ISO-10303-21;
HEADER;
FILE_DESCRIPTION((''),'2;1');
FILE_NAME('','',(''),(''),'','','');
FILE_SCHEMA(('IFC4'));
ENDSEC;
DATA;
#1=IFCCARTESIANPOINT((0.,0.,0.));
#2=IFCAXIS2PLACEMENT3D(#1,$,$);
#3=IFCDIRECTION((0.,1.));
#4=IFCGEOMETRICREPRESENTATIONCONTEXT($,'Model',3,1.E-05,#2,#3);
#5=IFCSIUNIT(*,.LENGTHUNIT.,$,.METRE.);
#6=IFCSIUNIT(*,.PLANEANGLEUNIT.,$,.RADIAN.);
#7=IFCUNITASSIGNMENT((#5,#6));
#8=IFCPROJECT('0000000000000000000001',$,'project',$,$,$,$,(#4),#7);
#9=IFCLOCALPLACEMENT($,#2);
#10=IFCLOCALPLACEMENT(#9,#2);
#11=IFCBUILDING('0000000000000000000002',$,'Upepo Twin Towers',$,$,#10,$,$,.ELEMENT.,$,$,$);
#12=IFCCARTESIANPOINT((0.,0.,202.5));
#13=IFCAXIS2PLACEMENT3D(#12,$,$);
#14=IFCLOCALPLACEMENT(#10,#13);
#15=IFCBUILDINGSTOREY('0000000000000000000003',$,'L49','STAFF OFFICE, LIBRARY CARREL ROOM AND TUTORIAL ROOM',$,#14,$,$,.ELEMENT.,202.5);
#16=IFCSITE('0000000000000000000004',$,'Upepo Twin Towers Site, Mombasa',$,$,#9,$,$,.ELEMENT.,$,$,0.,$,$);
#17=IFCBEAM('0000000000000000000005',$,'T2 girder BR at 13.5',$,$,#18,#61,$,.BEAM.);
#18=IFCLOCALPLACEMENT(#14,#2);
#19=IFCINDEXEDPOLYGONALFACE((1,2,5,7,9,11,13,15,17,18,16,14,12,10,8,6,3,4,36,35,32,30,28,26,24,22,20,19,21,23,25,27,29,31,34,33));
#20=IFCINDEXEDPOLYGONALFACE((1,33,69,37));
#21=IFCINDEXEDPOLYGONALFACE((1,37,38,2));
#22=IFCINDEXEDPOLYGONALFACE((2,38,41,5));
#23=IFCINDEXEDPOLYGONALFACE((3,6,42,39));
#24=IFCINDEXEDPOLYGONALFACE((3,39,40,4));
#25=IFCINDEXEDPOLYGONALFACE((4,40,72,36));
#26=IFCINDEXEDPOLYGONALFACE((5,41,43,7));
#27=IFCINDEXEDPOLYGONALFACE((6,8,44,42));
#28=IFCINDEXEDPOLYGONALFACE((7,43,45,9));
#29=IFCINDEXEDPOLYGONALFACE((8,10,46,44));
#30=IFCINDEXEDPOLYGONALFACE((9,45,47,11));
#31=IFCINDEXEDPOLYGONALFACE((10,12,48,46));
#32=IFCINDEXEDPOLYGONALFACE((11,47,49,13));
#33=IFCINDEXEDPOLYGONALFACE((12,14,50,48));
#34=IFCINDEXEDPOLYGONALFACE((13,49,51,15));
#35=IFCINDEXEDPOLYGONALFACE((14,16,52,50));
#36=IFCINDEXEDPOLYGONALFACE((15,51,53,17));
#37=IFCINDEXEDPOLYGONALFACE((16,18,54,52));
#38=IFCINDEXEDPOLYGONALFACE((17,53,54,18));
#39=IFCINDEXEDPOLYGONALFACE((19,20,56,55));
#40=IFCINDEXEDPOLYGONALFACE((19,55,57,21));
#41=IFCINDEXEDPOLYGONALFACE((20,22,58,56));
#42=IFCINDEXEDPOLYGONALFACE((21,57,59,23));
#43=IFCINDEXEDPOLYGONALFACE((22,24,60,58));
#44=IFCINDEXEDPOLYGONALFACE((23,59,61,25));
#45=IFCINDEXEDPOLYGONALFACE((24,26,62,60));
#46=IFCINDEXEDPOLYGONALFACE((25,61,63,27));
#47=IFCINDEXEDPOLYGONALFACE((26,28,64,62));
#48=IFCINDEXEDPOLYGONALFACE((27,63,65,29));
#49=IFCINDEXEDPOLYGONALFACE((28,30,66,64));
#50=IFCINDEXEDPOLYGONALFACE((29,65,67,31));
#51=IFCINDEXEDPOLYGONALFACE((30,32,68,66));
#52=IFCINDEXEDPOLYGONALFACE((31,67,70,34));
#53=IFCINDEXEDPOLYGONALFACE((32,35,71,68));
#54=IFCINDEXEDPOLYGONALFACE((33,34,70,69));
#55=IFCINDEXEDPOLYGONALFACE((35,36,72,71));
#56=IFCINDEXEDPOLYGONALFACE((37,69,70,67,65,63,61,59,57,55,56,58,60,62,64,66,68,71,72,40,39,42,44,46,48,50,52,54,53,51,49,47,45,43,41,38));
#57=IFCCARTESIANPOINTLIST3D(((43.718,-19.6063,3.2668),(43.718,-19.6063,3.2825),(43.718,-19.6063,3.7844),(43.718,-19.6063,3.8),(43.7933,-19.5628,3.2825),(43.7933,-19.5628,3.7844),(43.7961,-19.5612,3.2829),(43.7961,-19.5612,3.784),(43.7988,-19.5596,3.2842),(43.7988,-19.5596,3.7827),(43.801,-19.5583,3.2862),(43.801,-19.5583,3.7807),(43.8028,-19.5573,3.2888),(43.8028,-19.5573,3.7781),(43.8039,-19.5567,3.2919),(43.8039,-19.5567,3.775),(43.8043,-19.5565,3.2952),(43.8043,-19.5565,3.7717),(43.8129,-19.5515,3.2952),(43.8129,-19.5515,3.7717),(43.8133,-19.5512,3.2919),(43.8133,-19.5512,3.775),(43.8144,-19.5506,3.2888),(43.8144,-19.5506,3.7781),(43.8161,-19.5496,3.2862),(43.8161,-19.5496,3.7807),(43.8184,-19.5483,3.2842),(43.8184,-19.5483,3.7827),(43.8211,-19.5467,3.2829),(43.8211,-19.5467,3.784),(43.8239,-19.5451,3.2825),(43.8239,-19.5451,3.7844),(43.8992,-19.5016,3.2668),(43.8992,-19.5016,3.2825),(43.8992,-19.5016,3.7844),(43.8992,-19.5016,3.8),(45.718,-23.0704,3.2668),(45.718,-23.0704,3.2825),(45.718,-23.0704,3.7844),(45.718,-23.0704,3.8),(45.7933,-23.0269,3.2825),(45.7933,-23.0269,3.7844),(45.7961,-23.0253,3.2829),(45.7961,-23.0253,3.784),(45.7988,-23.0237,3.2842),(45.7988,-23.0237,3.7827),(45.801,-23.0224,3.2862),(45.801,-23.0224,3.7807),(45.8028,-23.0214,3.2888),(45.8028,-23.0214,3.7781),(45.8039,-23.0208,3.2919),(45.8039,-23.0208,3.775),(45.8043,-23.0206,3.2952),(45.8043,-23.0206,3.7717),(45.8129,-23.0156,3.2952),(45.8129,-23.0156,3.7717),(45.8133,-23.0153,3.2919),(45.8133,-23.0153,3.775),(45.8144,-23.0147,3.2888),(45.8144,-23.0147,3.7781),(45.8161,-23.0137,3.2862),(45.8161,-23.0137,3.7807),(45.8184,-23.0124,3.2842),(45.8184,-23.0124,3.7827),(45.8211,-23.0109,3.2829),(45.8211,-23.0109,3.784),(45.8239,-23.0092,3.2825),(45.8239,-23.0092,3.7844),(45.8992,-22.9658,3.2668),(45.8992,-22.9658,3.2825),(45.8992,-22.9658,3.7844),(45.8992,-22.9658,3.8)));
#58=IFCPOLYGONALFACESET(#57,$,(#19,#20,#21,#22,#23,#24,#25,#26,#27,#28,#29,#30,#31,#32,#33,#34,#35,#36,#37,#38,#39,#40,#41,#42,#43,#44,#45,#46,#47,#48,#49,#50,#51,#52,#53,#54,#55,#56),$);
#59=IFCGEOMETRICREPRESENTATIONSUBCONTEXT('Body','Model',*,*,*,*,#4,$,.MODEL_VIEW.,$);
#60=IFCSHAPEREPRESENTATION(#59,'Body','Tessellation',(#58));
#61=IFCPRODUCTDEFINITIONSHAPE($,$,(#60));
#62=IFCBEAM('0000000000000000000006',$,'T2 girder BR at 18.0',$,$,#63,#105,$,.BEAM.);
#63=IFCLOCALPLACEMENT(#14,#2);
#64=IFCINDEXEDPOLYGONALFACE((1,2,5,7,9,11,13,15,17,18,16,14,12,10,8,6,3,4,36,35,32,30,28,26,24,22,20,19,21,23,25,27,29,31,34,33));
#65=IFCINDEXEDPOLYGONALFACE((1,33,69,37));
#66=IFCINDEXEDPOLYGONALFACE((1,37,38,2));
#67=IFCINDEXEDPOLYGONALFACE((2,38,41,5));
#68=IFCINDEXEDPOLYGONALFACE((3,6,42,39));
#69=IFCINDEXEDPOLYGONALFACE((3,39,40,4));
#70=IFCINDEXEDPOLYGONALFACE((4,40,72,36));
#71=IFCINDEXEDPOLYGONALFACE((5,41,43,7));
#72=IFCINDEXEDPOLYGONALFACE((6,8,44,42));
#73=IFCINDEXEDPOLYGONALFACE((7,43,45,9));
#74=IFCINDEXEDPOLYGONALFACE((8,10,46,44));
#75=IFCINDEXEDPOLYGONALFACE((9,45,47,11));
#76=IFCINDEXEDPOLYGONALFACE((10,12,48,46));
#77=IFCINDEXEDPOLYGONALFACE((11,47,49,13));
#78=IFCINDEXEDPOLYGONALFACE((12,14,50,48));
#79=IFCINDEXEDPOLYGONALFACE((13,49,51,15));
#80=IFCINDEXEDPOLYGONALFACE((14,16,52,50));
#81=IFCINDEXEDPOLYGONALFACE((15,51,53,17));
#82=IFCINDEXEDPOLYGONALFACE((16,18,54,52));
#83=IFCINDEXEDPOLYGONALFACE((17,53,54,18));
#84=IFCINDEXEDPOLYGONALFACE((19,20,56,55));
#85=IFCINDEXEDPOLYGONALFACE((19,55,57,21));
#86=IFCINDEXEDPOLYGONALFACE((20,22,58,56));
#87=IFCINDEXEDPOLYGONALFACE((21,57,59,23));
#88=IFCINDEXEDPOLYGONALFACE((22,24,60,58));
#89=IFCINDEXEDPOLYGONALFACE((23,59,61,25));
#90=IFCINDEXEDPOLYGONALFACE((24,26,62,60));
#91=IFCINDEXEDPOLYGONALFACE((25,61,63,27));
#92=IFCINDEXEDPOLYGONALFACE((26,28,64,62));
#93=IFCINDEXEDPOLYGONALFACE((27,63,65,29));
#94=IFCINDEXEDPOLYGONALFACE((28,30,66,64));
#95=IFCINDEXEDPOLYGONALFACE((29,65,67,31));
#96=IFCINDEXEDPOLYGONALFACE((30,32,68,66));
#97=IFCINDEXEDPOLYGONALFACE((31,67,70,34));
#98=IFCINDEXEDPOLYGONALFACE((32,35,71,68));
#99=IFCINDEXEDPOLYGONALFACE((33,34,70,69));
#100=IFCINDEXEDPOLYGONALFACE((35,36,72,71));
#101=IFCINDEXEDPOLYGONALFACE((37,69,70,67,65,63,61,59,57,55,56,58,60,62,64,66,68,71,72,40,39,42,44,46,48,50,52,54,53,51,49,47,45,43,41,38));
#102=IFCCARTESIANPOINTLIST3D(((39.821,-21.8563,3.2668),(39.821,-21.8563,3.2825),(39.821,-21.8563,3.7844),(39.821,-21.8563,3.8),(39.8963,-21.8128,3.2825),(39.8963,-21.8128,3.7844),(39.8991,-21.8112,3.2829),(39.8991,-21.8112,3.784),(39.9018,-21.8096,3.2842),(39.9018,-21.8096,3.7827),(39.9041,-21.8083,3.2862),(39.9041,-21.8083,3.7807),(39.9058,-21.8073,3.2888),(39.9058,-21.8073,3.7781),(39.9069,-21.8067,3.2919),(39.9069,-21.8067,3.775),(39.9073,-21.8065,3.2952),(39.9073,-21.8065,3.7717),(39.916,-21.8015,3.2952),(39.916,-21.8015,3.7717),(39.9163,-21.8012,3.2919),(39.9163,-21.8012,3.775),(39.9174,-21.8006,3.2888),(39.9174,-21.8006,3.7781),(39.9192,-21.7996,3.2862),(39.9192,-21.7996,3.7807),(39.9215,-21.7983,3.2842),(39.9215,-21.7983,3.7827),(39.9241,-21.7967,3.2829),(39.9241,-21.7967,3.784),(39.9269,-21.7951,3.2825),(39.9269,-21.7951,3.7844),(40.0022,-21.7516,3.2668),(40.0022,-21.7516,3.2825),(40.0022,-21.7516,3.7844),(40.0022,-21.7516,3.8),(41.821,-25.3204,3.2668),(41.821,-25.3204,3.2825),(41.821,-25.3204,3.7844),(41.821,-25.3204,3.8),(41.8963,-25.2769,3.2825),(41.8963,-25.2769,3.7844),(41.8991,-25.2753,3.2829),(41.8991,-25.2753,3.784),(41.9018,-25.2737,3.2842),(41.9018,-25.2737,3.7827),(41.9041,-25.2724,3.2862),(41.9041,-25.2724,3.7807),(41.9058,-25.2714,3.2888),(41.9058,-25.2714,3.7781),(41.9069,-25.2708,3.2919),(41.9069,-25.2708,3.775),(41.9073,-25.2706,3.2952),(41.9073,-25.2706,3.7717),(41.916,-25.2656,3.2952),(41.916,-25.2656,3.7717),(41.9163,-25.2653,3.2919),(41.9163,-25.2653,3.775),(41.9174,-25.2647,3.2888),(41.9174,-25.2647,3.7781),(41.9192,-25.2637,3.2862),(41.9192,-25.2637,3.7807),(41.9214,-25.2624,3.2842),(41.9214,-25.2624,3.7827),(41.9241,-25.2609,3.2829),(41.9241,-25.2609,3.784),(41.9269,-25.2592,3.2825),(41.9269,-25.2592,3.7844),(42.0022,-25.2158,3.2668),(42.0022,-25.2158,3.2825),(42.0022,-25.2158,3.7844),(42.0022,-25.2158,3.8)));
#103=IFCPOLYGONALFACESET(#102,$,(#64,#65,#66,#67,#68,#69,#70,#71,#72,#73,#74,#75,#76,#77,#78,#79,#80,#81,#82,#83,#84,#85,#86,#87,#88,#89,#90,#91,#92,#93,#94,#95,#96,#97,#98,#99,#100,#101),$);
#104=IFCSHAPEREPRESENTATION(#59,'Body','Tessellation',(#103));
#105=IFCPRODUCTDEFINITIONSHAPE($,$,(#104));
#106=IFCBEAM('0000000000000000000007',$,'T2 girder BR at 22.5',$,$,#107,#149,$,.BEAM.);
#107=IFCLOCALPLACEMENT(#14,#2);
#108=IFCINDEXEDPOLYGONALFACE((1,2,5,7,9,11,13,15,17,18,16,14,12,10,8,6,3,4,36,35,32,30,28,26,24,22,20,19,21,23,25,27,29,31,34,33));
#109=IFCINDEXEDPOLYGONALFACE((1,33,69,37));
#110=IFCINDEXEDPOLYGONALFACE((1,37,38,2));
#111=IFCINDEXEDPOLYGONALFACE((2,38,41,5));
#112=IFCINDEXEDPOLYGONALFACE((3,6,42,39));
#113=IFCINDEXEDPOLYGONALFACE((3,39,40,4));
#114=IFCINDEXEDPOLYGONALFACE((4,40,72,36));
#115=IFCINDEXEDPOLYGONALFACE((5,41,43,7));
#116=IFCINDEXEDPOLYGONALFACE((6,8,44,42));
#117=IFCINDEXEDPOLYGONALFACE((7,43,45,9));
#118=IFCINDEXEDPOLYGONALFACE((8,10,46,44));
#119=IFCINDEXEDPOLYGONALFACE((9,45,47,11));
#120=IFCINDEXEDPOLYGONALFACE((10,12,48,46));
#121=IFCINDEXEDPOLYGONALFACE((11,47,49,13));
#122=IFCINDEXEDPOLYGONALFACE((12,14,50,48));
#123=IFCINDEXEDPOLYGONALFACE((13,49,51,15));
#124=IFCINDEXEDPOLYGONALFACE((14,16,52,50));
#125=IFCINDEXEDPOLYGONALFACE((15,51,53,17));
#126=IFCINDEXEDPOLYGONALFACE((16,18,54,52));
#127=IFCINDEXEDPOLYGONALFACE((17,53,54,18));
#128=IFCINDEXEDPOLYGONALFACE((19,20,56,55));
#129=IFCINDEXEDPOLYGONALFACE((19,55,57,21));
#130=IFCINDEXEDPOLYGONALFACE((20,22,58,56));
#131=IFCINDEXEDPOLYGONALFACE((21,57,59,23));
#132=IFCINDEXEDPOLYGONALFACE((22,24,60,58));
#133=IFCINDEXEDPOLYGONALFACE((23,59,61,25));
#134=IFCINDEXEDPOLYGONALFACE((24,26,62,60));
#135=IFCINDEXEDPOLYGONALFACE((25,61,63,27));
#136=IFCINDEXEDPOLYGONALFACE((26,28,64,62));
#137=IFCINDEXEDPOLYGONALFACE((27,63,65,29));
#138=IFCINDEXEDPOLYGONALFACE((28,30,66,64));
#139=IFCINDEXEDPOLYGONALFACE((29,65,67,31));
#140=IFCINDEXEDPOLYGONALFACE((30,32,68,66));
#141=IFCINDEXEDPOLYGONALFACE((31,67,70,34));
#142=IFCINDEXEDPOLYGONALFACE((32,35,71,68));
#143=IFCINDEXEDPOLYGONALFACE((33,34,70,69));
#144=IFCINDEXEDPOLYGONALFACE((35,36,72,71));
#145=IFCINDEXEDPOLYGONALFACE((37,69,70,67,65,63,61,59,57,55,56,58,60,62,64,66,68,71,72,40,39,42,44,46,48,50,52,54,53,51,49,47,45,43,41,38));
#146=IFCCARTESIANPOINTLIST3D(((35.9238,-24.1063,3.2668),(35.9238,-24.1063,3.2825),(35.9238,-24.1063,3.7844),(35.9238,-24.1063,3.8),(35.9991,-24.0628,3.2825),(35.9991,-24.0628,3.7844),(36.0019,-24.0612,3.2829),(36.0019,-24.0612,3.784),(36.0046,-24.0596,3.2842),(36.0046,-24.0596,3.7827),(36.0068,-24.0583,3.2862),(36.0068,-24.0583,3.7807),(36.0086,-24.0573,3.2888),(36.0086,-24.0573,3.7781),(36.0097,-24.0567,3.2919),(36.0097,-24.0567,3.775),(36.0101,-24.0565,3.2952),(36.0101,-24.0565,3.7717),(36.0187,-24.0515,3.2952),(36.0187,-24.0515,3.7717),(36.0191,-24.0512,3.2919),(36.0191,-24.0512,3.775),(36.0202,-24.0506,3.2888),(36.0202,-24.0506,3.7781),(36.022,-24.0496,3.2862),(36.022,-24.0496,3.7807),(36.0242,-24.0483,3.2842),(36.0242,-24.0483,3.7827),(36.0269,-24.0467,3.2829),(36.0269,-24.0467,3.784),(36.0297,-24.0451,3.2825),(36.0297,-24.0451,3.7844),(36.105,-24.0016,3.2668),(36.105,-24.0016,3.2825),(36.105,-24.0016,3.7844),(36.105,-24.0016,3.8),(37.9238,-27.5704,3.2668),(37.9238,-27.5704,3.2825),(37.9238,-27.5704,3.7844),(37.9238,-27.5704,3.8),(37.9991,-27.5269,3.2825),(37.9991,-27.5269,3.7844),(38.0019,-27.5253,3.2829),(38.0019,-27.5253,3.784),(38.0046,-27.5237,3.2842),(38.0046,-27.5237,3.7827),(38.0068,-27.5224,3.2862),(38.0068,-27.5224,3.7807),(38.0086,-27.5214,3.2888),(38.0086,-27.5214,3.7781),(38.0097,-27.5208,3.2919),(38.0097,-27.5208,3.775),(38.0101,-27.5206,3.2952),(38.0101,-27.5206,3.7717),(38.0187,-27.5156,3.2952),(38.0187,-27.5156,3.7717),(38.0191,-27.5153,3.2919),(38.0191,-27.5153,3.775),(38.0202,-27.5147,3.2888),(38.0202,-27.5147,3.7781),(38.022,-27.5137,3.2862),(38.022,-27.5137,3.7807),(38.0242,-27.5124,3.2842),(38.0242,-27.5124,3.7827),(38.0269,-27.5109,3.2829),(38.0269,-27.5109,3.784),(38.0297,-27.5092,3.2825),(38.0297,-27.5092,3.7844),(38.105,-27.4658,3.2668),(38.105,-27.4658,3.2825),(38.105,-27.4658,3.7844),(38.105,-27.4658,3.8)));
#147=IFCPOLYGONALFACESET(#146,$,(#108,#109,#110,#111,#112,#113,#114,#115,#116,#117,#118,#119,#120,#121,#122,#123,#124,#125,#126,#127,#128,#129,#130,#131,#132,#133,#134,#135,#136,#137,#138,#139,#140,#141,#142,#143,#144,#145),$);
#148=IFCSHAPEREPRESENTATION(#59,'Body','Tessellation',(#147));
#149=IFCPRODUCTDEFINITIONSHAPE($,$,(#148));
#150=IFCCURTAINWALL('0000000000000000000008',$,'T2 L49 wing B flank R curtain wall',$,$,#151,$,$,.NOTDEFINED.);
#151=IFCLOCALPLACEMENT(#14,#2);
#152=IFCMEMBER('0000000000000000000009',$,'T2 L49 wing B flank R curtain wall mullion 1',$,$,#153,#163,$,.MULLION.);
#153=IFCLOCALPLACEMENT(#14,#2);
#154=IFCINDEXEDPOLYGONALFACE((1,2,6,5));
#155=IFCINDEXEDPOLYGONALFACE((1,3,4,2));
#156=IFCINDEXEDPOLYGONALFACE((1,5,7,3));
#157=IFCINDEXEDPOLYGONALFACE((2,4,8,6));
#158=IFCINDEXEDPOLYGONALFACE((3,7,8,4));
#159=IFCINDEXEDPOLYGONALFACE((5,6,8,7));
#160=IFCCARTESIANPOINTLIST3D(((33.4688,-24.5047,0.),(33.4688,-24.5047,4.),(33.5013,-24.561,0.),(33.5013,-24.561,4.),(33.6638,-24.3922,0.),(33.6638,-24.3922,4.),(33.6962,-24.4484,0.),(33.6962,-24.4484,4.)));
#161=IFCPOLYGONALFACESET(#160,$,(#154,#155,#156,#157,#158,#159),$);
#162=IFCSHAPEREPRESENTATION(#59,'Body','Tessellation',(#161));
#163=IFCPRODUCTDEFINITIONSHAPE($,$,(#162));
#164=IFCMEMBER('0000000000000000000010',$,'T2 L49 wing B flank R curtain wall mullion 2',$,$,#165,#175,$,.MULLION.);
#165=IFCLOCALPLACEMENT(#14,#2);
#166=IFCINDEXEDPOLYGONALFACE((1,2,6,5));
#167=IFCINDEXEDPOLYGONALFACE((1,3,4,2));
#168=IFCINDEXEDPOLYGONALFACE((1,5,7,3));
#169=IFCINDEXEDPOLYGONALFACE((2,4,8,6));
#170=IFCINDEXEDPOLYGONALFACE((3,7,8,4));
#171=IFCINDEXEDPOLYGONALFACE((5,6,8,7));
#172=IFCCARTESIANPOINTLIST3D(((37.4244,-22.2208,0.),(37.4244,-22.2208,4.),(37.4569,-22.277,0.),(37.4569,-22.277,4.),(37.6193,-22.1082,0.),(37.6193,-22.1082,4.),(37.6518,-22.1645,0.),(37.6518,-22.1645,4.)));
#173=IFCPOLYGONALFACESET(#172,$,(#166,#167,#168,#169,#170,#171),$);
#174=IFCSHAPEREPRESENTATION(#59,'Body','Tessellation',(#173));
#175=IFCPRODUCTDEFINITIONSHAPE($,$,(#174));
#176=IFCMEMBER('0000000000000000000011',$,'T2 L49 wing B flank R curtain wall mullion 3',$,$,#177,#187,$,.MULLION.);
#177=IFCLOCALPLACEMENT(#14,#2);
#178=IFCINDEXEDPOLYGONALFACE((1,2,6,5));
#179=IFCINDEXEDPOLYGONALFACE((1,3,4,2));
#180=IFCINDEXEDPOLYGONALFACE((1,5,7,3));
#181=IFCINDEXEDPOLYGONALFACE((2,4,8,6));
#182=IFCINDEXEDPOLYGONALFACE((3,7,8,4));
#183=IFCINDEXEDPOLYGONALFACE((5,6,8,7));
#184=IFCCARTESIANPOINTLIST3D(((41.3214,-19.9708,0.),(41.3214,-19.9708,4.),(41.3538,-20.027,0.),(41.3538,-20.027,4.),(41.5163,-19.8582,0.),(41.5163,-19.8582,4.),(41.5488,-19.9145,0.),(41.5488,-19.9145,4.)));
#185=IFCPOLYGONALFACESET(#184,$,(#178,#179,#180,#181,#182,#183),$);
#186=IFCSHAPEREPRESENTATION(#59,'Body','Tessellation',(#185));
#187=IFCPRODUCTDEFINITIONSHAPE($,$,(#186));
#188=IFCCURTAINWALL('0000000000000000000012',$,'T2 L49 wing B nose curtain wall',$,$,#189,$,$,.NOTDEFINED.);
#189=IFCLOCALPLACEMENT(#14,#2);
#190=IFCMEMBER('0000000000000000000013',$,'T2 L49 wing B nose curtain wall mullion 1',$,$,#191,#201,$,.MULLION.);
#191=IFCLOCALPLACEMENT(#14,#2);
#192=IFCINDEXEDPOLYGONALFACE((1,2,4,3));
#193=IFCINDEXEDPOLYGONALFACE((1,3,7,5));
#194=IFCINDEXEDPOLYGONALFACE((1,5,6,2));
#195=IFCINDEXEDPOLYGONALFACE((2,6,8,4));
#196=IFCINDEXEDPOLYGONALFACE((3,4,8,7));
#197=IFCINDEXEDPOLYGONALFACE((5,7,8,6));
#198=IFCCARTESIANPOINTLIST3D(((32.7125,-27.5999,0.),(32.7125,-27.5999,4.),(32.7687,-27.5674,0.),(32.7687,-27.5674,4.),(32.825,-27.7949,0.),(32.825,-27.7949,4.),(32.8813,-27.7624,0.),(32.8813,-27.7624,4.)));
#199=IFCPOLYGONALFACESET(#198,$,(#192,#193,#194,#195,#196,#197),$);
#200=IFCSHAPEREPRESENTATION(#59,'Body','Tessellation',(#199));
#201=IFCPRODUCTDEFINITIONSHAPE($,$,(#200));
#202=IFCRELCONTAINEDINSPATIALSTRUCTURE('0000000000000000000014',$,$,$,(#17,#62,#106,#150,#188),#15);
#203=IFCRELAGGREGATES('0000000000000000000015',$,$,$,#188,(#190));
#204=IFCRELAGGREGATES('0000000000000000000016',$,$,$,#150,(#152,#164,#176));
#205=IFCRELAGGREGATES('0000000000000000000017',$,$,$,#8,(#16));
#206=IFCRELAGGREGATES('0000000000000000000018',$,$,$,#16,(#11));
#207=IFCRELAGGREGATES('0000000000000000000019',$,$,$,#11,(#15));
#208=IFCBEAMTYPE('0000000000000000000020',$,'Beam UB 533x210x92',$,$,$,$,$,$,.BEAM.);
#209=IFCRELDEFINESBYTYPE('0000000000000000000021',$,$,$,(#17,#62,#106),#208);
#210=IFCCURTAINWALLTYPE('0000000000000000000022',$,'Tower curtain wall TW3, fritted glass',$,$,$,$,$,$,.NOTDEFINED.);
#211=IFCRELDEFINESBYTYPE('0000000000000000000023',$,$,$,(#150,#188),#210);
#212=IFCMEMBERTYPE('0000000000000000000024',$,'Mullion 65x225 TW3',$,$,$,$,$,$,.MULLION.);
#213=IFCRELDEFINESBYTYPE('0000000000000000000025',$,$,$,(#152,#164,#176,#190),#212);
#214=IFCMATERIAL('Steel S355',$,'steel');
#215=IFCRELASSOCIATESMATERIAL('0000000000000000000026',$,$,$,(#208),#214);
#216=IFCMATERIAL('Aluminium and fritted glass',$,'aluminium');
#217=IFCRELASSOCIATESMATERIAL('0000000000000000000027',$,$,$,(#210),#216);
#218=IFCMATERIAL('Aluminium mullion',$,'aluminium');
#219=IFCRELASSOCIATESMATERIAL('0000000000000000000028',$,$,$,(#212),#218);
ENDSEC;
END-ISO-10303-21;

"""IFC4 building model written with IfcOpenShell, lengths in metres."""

from ifc_helpers import new_model, si_unit, direction, frame, origin, origin_2d, place, context, subcontext, project, spatial, rectangle, i_section, extrude, material, material_profile, profile_set, type_object, element, aggregate, save


model = new_model("IFC4")

# Units and contexts
model_context = context("Model", 3, precision=1e-05, world=origin(), true_north=direction((0.0, 1.0)))
body_context = subcontext(model_context, "Body", "Model", "MODEL_VIEW")
ifc_project = project(units=[si_unit("LENGTHUNIT", "METRE"), si_unit("PLANEANGLEUNIT", "RADIAN")], contexts=[model_context])

# Site, building, storey
site_placement = place(None, origin())
site = spatial("IfcSite", under=ifc_project, at=site_placement, Name="Upepo Twin Towers Site, Mombasa", CompositionType="ELEMENT", RefElevation=0.0)
building_placement = place(site_placement, origin())
building = spatial("IfcBuilding", under=site, at=building_placement, Name="Upepo Twin Towers", CompositionType="ELEMENT")
storey_placement = place(building_placement, frame((0.0, 0.0, 202.5)))
storey = spatial("IfcBuildingStorey", under=building, at=storey_placement, Name="L49", Description="STAFF OFFICE, LIBRARY CARREL ROOM AND TUTORIAL ROOM", CompositionType="ELEMENT", Elevation=202.5)

# Beams
ifc_material_1 = material(Name="Steel S355", Category="steel")
ifc_material_profile_1 = material_profile(ifc_material_1, i_section(OverallWidth=0.2092, OverallDepth=0.5332, WebThickness=0.01, FlangeThickness=0.0156, FilletRadius=0.0127, at=origin_2d()), Name="UB 533x210x92")
ifc_profile_set_1 = profile_set([ifc_material_profile_1], Name="Steel S355")
beam_type_1 = type_object("IfcBeamType", Name="Beam UB 533x210x92", PredefinedType="BEAM", material=ifc_profile_set_1)
for number, where, z_axis, x_axis, name in (
    (1, (43.8086, -19.554, 3.5334), (0.499999, -0.866026, 0.0), (0.866026, 0.499999, 0.0), "T2 girder BR at 13.5"),
    (2, (39.9116, -21.804, 3.5334), (0.499999, -0.866026, 0.0), (0.866026, 0.499999, 0.0), "T2 girder BR at 18.0"),
    (3, (36.0144, -24.054, 3.5334), (0.499999, -0.866026, 0.0), (0.866026, 0.499999, 0.0), "T2 girder BR at 22.5"),
):
    element("IfcBeam", number, at=place(storey_placement, frame(where, z_axis=z_axis, x_axis=x_axis)), inside=storey, type_object=beam_type_1, Name=name, PredefinedType="BEAM", context=body_context, shape_type="SweptSolid", body=[
        extrude(i_section(OverallWidth=0.2092, OverallDepth=0.5332, WebThickness=0.01, FlangeThickness=0.0156, FilletRadius=0.0127, at=origin_2d()), origin(), (0.0, 0.0, 1.0), 4.0),
    ])

# Curtain wall, members
ifc_material_2 = material(Name="Aluminium and fritted glass", Category="aluminium")
curtain_wall_type = type_object("IfcCurtainWallType", Name="Tower curtain wall TW3, fritted glass", PredefinedType="NOTDEFINED", material=ifc_material_2)
curtain_wall_1_placement = place(storey_placement, origin())
curtain_wall_1 = element("IfcCurtainWall", 4, at=curtain_wall_1_placement, inside=storey, type_object=curtain_wall_type, Name="T2 L49 wing B flank R curtain wall", PredefinedType="NOTDEFINED")
ifc_material_3 = material(Name="Aluminium mullion", Category="aluminium")
ifc_material_profile_2 = material_profile(ifc_material_3, rectangle(XDim=0.0649, YDim=0.2251, at=origin_2d()), Name="MULLION 65x225")
ifc_profile_set_2 = profile_set([ifc_material_profile_2], Name="Aluminium mullion")
member_type_1 = type_object("IfcMemberType", Name="Mullion 65x225 TW3", PredefinedType="MULLION", material=ifc_profile_set_2)
member_1_placement = place(storey_placement, frame((33.5825, -24.4766, 0.0), z_axis=(0.0, 0.0, 1.0), x_axis=(-0.5, 0.866025, 0.0)))
member_1 = element("IfcMember", 5, at=member_1_placement, type_object=member_type_1, Name="T2 L49 wing B flank R curtain wall mullion 1", PredefinedType="MULLION", context=body_context, shape_type="SweptSolid", body=[
    extrude(rectangle(XDim=0.0649, YDim=0.2251, at=origin_2d()), origin(), (0.0, 0.0, 1.0), 4.0),
])
member_2_placement = place(storey_placement, frame((37.5381, -22.1926, 0.0), z_axis=(0.0, 0.0, 1.0), x_axis=(-0.5, 0.866025, 0.0)))
member_2 = element("IfcMember", 6, at=member_2_placement, type_object=member_type_1, Name="T2 L49 wing B flank R curtain wall mullion 2", PredefinedType="MULLION", context=body_context, shape_type="SweptSolid", body=[
    extrude(rectangle(XDim=0.0649, YDim=0.2251, at=origin_2d()), origin(), (0.0, 0.0, 1.0), 4.0),
])
member_3_placement = place(storey_placement, frame((41.4351, -19.9426, 0.0), z_axis=(0.0, 0.0, 1.0), x_axis=(-0.5, 0.866025, 0.0)))
member_3 = element("IfcMember", 7, at=member_3_placement, type_object=member_type_1, Name="T2 L49 wing B flank R curtain wall mullion 3", PredefinedType="MULLION", context=body_context, shape_type="SweptSolid", body=[
    extrude(rectangle(XDim=0.0649, YDim=0.2251, at=origin_2d()), origin(), (0.0, 0.0, 1.0), 4.0),
])

# Curtain wall, member
curtain_wall_2_placement = place(storey_placement, origin())
curtain_wall_2 = element("IfcCurtainWall", 8, at=curtain_wall_2_placement, inside=storey, type_object=curtain_wall_type, Name="T2 L49 wing B nose curtain wall", PredefinedType="NOTDEFINED")
member_4_placement = place(storey_placement, frame((32.7969, -27.6812, 0.0), z_axis=(0.0, 0.0, 1.0), x_axis=(0.866025, 0.5, 0.0)))
member_4 = element("IfcMember", 9, at=member_4_placement, type_object=member_type_1, Name="T2 L49 wing B nose curtain wall mullion 1", PredefinedType="MULLION", context=body_context, shape_type="SweptSolid", body=[
    extrude(rectangle(XDim=0.0649, YDim=0.2251, at=origin_2d()), origin(), (0.0, 0.0, 1.0), 4.0),
])

aggregate(curtain_wall_2, [member_4])

aggregate(curtain_wall_1, [member_1, member_2, member_3])

save(model, "model.ifc")
